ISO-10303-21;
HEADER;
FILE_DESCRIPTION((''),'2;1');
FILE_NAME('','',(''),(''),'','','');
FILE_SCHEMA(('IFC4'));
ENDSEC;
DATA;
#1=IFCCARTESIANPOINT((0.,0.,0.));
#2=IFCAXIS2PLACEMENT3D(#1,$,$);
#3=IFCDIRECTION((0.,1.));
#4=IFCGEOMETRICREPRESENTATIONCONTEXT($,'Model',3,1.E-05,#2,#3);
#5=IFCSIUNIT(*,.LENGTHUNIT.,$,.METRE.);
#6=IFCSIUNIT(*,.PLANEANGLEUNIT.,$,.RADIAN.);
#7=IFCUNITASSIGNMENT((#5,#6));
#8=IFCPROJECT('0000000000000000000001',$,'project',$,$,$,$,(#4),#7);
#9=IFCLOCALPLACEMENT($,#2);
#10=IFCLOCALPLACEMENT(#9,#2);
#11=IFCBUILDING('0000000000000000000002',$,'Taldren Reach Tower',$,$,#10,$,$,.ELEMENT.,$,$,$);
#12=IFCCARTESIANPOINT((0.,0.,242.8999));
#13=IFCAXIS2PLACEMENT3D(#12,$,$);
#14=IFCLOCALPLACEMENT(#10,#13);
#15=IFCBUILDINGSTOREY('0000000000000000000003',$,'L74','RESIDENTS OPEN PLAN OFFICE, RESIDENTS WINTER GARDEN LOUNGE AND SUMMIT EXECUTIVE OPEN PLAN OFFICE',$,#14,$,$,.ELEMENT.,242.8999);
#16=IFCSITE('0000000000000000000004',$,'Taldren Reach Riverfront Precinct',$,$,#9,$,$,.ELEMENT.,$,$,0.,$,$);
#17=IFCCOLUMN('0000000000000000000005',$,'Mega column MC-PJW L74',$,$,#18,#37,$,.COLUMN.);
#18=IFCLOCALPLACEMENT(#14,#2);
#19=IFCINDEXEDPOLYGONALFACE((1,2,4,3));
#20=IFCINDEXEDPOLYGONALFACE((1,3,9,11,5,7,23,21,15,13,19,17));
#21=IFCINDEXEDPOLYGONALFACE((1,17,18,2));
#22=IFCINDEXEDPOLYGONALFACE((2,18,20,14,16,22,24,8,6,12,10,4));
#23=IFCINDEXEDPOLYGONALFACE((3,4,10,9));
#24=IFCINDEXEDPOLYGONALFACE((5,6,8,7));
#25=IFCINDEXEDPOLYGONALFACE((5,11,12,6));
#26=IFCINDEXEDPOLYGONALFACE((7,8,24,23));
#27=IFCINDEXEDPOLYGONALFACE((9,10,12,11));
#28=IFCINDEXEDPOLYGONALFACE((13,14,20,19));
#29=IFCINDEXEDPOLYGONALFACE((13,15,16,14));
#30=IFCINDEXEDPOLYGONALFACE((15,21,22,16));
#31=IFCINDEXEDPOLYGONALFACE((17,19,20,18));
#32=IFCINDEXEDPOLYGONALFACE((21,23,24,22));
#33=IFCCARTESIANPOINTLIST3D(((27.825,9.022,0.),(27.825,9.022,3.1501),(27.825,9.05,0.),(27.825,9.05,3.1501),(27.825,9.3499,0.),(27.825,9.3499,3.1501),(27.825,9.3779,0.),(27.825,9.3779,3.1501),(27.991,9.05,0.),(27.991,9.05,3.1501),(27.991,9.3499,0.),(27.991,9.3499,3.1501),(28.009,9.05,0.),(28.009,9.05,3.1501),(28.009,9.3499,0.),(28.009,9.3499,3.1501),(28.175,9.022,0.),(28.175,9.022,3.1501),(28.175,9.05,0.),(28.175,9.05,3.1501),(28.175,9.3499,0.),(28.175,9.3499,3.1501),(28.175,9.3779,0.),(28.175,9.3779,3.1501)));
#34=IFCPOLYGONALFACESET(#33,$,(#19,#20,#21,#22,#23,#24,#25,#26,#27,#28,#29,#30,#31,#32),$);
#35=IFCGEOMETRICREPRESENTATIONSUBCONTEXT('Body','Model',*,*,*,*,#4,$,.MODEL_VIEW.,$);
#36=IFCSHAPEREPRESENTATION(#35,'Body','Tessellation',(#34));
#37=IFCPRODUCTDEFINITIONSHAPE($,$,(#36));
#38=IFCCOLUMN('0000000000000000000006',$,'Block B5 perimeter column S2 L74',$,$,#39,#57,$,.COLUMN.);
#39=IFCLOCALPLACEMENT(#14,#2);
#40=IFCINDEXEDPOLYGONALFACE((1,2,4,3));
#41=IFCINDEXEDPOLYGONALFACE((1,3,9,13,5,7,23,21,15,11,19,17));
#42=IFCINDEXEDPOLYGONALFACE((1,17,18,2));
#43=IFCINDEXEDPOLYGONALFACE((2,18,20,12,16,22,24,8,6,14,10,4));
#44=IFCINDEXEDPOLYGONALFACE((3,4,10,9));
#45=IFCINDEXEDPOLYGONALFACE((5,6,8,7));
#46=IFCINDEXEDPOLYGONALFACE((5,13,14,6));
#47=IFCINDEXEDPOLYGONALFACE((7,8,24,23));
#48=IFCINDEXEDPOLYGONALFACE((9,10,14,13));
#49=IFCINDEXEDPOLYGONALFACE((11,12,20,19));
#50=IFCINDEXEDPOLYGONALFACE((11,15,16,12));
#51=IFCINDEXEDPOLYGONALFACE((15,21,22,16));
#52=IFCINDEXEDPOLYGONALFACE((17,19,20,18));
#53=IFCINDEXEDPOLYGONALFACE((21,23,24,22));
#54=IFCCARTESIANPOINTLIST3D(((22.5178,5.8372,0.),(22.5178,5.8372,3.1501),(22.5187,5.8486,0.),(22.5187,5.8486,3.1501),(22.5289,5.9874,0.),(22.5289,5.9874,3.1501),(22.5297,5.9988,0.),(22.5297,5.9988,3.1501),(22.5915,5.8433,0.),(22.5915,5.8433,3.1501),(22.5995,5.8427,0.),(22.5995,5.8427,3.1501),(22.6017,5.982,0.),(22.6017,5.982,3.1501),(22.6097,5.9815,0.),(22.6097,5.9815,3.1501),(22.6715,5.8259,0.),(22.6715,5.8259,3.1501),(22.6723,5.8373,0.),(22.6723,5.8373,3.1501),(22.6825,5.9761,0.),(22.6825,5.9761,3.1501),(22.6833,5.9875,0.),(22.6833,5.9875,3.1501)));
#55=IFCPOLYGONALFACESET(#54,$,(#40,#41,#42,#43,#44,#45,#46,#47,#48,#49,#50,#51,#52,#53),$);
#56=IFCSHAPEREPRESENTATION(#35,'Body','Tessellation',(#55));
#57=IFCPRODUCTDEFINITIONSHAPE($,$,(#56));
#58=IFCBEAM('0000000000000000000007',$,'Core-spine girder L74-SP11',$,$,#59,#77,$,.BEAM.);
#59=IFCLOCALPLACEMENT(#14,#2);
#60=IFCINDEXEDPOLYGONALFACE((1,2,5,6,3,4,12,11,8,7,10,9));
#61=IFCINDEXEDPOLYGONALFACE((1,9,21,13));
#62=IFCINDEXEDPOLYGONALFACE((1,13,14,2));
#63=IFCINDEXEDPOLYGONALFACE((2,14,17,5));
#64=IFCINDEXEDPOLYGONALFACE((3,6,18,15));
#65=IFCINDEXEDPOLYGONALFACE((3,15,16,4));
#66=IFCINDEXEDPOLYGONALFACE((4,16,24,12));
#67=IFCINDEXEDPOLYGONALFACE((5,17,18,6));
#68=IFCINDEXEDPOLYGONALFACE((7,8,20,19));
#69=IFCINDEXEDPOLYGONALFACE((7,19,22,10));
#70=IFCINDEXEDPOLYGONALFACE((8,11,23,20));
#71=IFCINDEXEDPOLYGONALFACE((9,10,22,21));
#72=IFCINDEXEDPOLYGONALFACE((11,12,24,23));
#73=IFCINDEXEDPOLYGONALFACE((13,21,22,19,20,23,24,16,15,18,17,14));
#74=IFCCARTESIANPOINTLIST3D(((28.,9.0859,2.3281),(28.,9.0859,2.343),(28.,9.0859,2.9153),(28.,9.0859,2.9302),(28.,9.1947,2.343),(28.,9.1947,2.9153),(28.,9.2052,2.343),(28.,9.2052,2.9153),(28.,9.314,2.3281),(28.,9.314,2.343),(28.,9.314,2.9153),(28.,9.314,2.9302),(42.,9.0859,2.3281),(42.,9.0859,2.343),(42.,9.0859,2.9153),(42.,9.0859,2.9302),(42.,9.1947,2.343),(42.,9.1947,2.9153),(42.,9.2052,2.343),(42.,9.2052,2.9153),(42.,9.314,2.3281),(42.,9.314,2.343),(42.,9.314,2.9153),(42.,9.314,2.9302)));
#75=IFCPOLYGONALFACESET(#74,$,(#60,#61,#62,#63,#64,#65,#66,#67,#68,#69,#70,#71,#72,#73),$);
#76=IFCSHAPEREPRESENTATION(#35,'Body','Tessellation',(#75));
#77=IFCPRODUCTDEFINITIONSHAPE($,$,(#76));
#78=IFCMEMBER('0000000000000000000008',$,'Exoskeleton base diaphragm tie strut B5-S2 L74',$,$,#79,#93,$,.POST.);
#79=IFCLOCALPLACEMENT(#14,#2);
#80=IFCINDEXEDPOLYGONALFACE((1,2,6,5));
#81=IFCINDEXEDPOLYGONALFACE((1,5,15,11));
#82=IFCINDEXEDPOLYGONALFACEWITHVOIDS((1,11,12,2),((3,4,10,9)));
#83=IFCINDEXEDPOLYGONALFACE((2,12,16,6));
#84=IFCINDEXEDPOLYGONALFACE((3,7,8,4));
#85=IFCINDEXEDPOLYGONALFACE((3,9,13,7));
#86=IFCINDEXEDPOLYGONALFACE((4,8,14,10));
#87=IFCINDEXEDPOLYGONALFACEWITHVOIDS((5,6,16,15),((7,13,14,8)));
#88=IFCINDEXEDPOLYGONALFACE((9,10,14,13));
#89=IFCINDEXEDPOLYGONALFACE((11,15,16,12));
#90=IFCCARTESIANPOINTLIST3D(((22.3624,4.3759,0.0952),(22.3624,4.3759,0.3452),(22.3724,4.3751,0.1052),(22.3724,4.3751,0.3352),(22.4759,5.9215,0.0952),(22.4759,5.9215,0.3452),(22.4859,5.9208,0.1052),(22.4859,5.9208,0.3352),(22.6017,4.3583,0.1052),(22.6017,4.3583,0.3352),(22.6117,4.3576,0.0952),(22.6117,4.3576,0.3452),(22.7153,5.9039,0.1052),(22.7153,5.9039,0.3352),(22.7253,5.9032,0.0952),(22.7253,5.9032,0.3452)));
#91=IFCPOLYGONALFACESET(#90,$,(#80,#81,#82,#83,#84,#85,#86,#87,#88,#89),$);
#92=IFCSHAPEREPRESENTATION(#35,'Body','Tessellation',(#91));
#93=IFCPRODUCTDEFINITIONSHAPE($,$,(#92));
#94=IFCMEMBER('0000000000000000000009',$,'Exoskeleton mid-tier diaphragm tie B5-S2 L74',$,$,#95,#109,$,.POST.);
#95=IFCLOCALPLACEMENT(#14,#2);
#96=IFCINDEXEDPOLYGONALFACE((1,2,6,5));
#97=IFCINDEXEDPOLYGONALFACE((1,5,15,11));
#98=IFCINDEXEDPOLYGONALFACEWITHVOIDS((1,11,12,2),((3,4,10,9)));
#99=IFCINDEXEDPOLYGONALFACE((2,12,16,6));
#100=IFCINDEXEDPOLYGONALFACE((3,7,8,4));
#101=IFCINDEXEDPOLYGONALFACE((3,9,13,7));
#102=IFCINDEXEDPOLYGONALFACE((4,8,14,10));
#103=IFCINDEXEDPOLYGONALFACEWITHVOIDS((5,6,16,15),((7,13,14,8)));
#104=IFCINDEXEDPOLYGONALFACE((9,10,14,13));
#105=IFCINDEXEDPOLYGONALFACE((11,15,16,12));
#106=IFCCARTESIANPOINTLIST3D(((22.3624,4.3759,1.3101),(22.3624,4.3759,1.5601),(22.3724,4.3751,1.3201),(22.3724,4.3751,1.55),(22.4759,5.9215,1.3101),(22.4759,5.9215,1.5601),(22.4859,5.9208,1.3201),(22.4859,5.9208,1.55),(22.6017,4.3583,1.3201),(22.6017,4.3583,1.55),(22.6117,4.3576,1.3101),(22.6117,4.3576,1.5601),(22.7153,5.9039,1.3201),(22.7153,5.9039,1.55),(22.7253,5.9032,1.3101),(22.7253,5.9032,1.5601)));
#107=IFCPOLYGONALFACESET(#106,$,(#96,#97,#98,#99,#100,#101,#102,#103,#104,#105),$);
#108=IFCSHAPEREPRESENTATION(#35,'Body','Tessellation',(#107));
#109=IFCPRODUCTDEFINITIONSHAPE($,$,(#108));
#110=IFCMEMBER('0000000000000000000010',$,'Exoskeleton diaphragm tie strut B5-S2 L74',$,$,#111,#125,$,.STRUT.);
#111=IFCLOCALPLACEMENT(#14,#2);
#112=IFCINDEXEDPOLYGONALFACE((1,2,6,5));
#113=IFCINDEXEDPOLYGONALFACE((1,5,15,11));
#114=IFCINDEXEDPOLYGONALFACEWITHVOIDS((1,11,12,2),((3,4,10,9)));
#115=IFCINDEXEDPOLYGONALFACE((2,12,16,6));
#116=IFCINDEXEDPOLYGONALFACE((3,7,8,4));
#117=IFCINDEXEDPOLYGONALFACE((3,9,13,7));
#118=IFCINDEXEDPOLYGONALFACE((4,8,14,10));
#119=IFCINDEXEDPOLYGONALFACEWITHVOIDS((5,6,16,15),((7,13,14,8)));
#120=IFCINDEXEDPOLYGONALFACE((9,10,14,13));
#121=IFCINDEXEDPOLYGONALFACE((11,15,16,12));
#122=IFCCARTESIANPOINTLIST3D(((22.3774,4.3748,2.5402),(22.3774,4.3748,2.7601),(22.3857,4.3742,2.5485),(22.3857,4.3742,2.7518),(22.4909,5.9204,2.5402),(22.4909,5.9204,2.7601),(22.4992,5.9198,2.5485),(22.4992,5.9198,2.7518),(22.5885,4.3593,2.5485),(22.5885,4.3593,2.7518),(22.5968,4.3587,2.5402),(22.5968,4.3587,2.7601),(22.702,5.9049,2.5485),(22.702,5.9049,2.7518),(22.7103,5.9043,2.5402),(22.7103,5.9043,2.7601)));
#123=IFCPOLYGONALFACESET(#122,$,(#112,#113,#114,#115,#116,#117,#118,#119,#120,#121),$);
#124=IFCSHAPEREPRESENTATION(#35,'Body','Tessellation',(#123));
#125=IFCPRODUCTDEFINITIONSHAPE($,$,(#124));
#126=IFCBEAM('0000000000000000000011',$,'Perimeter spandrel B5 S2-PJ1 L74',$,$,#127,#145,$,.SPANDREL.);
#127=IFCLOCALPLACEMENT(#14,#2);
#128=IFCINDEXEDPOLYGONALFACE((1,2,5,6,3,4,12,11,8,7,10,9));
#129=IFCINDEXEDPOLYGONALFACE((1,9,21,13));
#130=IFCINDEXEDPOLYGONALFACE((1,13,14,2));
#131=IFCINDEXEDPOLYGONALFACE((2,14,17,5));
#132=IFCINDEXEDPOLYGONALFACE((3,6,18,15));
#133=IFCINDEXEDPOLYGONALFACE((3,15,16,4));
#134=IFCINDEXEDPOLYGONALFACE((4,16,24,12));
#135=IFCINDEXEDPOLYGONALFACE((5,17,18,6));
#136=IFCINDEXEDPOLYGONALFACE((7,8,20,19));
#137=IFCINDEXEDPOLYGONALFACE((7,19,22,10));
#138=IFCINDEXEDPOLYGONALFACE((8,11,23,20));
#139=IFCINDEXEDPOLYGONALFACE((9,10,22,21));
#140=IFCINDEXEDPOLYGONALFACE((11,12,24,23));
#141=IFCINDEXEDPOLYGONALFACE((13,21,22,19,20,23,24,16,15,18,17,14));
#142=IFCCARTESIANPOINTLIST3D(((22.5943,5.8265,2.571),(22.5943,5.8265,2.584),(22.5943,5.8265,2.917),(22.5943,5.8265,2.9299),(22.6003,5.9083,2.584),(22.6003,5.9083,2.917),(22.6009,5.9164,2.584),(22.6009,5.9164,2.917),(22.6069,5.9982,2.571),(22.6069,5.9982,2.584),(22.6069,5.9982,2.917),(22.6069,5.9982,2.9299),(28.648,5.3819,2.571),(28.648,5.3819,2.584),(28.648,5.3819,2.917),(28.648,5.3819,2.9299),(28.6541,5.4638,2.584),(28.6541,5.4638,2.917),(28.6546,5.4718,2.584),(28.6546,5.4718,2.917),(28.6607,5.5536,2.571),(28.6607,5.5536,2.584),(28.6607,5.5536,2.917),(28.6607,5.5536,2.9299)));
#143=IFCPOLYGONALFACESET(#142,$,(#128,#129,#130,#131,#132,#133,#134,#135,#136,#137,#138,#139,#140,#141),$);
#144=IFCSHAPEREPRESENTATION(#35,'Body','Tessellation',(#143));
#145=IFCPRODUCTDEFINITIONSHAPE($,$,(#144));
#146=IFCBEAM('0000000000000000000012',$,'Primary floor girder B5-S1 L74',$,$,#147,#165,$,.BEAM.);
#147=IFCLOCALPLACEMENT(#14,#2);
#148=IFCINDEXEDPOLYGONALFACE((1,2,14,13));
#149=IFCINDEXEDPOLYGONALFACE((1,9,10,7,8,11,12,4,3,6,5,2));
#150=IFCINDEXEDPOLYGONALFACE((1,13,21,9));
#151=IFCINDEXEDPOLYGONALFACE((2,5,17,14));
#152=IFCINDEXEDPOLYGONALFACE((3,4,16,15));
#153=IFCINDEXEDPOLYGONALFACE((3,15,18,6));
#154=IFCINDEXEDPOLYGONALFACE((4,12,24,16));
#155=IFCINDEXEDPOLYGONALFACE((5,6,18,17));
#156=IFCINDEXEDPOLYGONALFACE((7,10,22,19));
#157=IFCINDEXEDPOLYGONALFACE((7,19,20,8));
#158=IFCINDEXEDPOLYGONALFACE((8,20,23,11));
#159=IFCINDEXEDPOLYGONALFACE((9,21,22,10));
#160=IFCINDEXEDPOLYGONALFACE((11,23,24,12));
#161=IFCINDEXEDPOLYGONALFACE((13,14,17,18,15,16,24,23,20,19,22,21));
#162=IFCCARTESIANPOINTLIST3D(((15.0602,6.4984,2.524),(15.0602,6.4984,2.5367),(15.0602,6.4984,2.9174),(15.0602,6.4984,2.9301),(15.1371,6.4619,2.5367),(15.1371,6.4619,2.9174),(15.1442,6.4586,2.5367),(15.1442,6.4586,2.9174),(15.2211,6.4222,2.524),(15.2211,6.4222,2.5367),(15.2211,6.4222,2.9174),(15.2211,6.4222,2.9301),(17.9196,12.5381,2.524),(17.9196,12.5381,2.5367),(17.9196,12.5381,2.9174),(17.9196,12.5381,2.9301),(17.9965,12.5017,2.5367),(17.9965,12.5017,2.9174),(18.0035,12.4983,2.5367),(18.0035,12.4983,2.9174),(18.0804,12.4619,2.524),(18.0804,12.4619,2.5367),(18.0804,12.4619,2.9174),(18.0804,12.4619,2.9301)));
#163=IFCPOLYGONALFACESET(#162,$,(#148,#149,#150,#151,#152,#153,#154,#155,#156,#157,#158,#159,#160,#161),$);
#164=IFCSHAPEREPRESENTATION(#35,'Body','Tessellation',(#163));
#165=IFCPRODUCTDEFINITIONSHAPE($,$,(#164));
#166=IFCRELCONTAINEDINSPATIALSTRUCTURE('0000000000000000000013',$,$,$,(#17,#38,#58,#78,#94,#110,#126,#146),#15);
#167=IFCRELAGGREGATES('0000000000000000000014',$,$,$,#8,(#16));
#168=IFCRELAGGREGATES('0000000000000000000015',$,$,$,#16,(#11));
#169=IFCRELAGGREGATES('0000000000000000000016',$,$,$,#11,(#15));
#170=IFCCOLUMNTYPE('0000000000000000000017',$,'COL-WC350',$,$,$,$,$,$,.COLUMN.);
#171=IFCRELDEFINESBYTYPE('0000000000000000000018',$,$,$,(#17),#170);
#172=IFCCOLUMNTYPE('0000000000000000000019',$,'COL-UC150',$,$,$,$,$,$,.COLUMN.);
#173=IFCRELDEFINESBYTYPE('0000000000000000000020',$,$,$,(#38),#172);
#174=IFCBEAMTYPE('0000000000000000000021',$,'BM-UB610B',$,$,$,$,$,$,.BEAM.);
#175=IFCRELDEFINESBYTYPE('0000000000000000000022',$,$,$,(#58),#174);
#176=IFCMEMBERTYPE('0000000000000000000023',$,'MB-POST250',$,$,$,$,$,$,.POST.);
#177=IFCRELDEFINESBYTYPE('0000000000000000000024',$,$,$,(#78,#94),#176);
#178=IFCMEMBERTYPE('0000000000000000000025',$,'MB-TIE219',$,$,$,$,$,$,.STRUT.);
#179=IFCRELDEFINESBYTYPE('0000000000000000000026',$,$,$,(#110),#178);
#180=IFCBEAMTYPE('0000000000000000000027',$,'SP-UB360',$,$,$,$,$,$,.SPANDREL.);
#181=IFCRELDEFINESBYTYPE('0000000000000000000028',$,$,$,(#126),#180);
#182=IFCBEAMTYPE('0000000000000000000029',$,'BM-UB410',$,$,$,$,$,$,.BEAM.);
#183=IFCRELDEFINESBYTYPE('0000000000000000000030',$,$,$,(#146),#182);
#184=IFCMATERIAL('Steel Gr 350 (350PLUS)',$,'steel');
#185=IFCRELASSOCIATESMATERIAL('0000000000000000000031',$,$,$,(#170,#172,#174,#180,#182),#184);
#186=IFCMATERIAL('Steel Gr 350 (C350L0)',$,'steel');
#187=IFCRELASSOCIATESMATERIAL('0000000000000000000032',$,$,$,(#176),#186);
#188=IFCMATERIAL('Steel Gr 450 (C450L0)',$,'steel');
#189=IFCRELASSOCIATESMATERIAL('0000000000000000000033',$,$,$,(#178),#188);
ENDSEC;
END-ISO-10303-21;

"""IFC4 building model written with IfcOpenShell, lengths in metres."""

from ifc_helpers import new_model, si_unit, direction, frame, origin, origin_2d, place, context, subcontext, project, spatial, hollow_rectangle, i_section, extrude, source, transform, mapped, material, material_profile, profile_set, type_object, element, save


model = new_model("IFC4")

# Units and contexts
model_context = context("Model", 3, precision=1e-05, world=origin(), true_north=direction((0.0, 1.0)))
body_context = subcontext(model_context, "Body", "Model", "MODEL_VIEW")
ifc_project = project(units=[si_unit("LENGTHUNIT", "METRE"), si_unit("PLANEANGLEUNIT", "RADIAN")], contexts=[model_context])

# Site, building, storey
site_placement = place(None, origin())
site = spatial("IfcSite", under=ifc_project, at=site_placement, Name="Taldren Reach Riverfront Precinct", CompositionType="ELEMENT", RefElevation=0.0)
building_placement = place(site_placement, origin())
building = spatial("IfcBuilding", under=site, at=building_placement, Name="Taldren Reach Tower", CompositionType="ELEMENT")
storey_placement = place(building_placement, frame((0.0, 0.0, 242.8999)))
storey = spatial("IfcBuildingStorey", under=building, at=storey_placement, Name="L74", Description="RESIDENTS OPEN PLAN OFFICE, RESIDENTS WINTER GARDEN LOUNGE AND SUMMIT EXECUTIVE OPEN PLAN OFFICE", CompositionType="ELEMENT", Elevation=242.8999)

# Columns
ifc_material_1 = material(Name="Steel Gr 350 (350PLUS)", Category="steel")
ifc_material_profile_1 = material_profile(ifc_material_1, i_section(OverallWidth=0.3501, OverallDepth=0.356, WebThickness=0.0181, FlangeThickness=0.0281, at=origin_2d()), Name="350WC197")
ifc_profile_set_1 = profile_set([ifc_material_profile_1], Name="Steel Gr 350 (350PLUS)")
column_type_1 = type_object("IfcColumnType", Name="COL-WC350", PredefinedType="COLUMN", material=ifc_profile_set_1)
shared_shape_1 = source(origin(), body_context, "Body", "SweptSolid", [
    extrude(i_section(OverallWidth=0.3501, OverallDepth=0.356, WebThickness=0.0181, FlangeThickness=0.0281, at=origin_2d()), origin(), (0.0, 0.0, 1.0), 3.1501),
])
column_1_placement = place(storey_placement, frame((28.0, 9.2, 0.0), z_axis=(0.0, 0.0, 1.0), x_axis=(1.0, 0.0, 0.0)))
element("IfcColumn", 1, at=column_1_placement, inside=storey, type_object=column_type_1, Name="Mega column MC-PJW L74", PredefinedType="COLUMN", context=body_context, shape_type="MappedRepresentation", body=[
    mapped(shared_shape_1, transform((0.0, 0.0, 0.0), scale=1.0)),
])
ifc_material_profile_2 = material_profile(ifc_material_1, i_section(OverallWidth=0.1541, OverallDepth=0.1621, WebThickness=0.0081, FlangeThickness=0.0115, at=origin_2d()), Name="150UC37.2")
ifc_profile_set_2 = profile_set([ifc_material_profile_2], Name="Steel Gr 350 (350PLUS)")
column_type_2 = type_object("IfcColumnType", Name="COL-UC150", PredefinedType="COLUMN", material=ifc_profile_set_2)
shared_shape_2 = source(origin(), body_context, "Body", "SweptSolid", [
    extrude(i_section(OverallWidth=0.1541, OverallDepth=0.1621, WebThickness=0.0081, FlangeThickness=0.0115, at=origin_2d()), origin(), (0.0, 0.0, 1.0), 3.1501),
])
column_2_placement = place(storey_placement, frame((22.6006, 5.9124, 0.0), z_axis=(0.0, 0.0, 1.0), x_axis=(0.997314, -0.073238, 0.0)))
element("IfcColumn", 2, at=column_2_placement, inside=storey, type_object=column_type_2, Name="Block B5 perimeter column S2 L74", PredefinedType="COLUMN", context=body_context, shape_type="MappedRepresentation", body=[
    mapped(shared_shape_2, transform((0.0, 0.0, 0.0), scale=1.0)),
])

# Beam
ifc_material_profile_3 = material_profile(ifc_material_1, i_section(OverallWidth=0.228, OverallDepth=0.6021, WebThickness=0.0105, FlangeThickness=0.0149, at=origin_2d()), Name="610UB101")
ifc_profile_set_3 = profile_set([ifc_material_profile_3], Name="Steel Gr 350 (350PLUS)")
beam_type_1 = type_object("IfcBeamType", Name="BM-UB610B", PredefinedType="BEAM", material=ifc_profile_set_3)
shared_shape_3 = source(origin(), body_context, "Body", "SweptSolid", [
    extrude(i_section(OverallWidth=0.228, OverallDepth=0.6021, WebThickness=0.0105, FlangeThickness=0.0149, at=origin_2d()), origin(), (0.0, 0.0, 1.0), 14.0),
])
beam_1_placement = place(storey_placement, frame((28.0, 9.2, 2.6292), z_axis=(1.0, 0.0, 0.0), x_axis=(0.0, 1.0, 0.0)))
element("IfcBeam", 3, at=beam_1_placement, inside=storey, type_object=beam_type_1, Name="Core-spine girder L74-SP11", PredefinedType="BEAM", context=body_context, shape_type="MappedRepresentation", body=[
    mapped(shared_shape_3, transform((0.0, 0.0, 0.0), scale=1.0)),
])

# Members
ifc_material_2 = material(Name="Steel Gr 350 (C350L0)", Category="steel")
ifc_material_profile_4 = material_profile(ifc_material_2, hollow_rectangle(XDim=0.25, YDim=0.25, WallThickness=0.01, at=origin_2d()), Name="250x250x10.0SHS")
ifc_profile_set_4 = profile_set([ifc_material_profile_4], Name="Steel Gr 350 (C350L0)")
member_type_1 = type_object("IfcMemberType", Name="MB-POST250", PredefinedType="POST", material=ifc_profile_set_4)
shared_shape_4 = source(origin(), body_context, "Body", "SweptSolid", [
    extrude(hollow_rectangle(XDim=0.25, YDim=0.25, WallThickness=0.01, at=origin_2d()), origin(), (0.0, 0.0, 1.0), 1.5498),
])
for number, where, z_axis, x_axis, name in (
    (4, (22.6006, 5.9124, 0.2202), (-0.073251, -0.997314, 0.0), (0.997314, -0.073251, 0.0), "Exoskeleton base diaphragm tie strut B5-S2 L74"),
    (5, (22.6006, 5.9124, 1.4351), (-0.073251, -0.997314, 0.0), (0.997314, -0.073251, 0.0), "Exoskeleton mid-tier diaphragm tie B5-S2 L74"),
):
    element("IfcMember", number, at=place(storey_placement, frame(where, z_axis=z_axis, x_axis=x_axis)), inside=storey, type_object=member_type_1, Name=name, PredefinedType="POST", context=body_context, shape_type="MappedRepresentation", body=[
        mapped(shared_shape_4, transform((0.0, 0.0, 0.0), scale=1.0)),
    ])
ifc_material_3 = material(Name="Steel Gr 450 (C450L0)", Category="steel")
ifc_material_profile_5 = material_profile(ifc_material_3, hollow_rectangle(XDim=0.22, YDim=0.22, WallThickness=0.0083, at=origin_2d()), Name="220x220x8.2SHS")
ifc_profile_set_5 = profile_set([ifc_material_profile_5], Name="Steel Gr 450 (C450L0)")
member_type_2 = type_object("IfcMemberType", Name="MB-TIE219", PredefinedType="STRUT", material=ifc_profile_set_5)
shared_shape_5 = source(origin(), body_context, "Body", "SweptSolid", [
    extrude(hollow_rectangle(XDim=0.22, YDim=0.22, WallThickness=0.0083, at=origin_2d()), origin(), (0.0, 0.0, 1.0), 1.5498),
])
member_placement = place(storey_placement, frame((22.6006, 5.9124, 2.6501), z_axis=(-0.073251, -0.997314, 0.0), x_axis=(0.997314, -0.073251, 0.0)))
element("IfcMember", 6, at=member_placement, inside=storey, type_object=member_type_2, Name="Exoskeleton diaphragm tie strut B5-S2 L74", PredefinedType="STRUT", context=body_context, shape_type="MappedRepresentation", body=[
    mapped(shared_shape_5, transform((0.0, 0.0, 0.0), scale=1.0)),
])

# Beams
ifc_material_profile_6 = material_profile(ifc_material_1, i_section(OverallWidth=0.1721, OverallDepth=0.3589, WebThickness=0.0081, FlangeThickness=0.0129, at=origin_2d()), Name="360UB56.7")
ifc_profile_set_6 = profile_set([ifc_material_profile_6], Name="Steel Gr 350 (350PLUS)")
beam_type_2 = type_object("IfcBeamType", Name="SP-UB360", PredefinedType="SPANDREL", material=ifc_profile_set_6)
shared_shape_6 = source(origin(), body_context, "Body", "SweptSolid", [
    extrude(i_section(OverallWidth=0.1721, OverallDepth=0.3589, WebThickness=0.0081, FlangeThickness=0.0129, at=origin_2d()), origin(), (0.0, 0.0, 1.0), 6.0701),
])
beam_2_placement = place(storey_placement, frame((22.6006, 5.9124, 2.7505), z_axis=(0.997314, -0.073242, 0.0), x_axis=(0.073242, 0.997314, 0.0)))
element("IfcBeam", 7, at=beam_2_placement, inside=storey, type_object=beam_type_2, Name="Perimeter spandrel B5 S2-PJ1 L74", PredefinedType="SPANDREL", context=body_context, shape_type="MappedRepresentation", body=[
    mapped(shared_shape_6, transform((0.0, 0.0, 0.0), scale=1.0)),
])
ifc_material_profile_7 = material_profile(ifc_material_1, i_section(OverallWidth=0.178, OverallDepth=0.406, WebThickness=0.0078, FlangeThickness=0.0127, at=origin_2d()), Name="410UB59.7")
ifc_profile_set_7 = profile_set([ifc_material_profile_7], Name="Steel Gr 350 (350PLUS)")
beam_type_3 = type_object("IfcBeamType", Name="BM-UB410", PredefinedType="BEAM", material=ifc_profile_set_7)
shared_shape_7 = source(origin(), body_context, "Body", "SweptSolid", [
    extrude(i_section(OverallWidth=0.178, OverallDepth=0.406, WebThickness=0.0078, FlangeThickness=0.0127, at=origin_2d()), origin(), (0.0, 0.0, 1.0), 6.6824),
])
beam_3_placement = place(storey_placement, frame((18.0, 12.5, 2.7271), z_axis=(-0.427893, -0.903829, 0.0), x_axis=(0.903829, -0.427893, 0.0)))
element("IfcBeam", 8, at=beam_3_placement, inside=storey, type_object=beam_type_3, Name="Primary floor girder B5-S1 L74", PredefinedType="BEAM", context=body_context, shape_type="MappedRepresentation", body=[
    mapped(shared_shape_7, transform((0.0, 0.0, 0.0), scale=1.0)),
])

save(model, "model.ifc")
